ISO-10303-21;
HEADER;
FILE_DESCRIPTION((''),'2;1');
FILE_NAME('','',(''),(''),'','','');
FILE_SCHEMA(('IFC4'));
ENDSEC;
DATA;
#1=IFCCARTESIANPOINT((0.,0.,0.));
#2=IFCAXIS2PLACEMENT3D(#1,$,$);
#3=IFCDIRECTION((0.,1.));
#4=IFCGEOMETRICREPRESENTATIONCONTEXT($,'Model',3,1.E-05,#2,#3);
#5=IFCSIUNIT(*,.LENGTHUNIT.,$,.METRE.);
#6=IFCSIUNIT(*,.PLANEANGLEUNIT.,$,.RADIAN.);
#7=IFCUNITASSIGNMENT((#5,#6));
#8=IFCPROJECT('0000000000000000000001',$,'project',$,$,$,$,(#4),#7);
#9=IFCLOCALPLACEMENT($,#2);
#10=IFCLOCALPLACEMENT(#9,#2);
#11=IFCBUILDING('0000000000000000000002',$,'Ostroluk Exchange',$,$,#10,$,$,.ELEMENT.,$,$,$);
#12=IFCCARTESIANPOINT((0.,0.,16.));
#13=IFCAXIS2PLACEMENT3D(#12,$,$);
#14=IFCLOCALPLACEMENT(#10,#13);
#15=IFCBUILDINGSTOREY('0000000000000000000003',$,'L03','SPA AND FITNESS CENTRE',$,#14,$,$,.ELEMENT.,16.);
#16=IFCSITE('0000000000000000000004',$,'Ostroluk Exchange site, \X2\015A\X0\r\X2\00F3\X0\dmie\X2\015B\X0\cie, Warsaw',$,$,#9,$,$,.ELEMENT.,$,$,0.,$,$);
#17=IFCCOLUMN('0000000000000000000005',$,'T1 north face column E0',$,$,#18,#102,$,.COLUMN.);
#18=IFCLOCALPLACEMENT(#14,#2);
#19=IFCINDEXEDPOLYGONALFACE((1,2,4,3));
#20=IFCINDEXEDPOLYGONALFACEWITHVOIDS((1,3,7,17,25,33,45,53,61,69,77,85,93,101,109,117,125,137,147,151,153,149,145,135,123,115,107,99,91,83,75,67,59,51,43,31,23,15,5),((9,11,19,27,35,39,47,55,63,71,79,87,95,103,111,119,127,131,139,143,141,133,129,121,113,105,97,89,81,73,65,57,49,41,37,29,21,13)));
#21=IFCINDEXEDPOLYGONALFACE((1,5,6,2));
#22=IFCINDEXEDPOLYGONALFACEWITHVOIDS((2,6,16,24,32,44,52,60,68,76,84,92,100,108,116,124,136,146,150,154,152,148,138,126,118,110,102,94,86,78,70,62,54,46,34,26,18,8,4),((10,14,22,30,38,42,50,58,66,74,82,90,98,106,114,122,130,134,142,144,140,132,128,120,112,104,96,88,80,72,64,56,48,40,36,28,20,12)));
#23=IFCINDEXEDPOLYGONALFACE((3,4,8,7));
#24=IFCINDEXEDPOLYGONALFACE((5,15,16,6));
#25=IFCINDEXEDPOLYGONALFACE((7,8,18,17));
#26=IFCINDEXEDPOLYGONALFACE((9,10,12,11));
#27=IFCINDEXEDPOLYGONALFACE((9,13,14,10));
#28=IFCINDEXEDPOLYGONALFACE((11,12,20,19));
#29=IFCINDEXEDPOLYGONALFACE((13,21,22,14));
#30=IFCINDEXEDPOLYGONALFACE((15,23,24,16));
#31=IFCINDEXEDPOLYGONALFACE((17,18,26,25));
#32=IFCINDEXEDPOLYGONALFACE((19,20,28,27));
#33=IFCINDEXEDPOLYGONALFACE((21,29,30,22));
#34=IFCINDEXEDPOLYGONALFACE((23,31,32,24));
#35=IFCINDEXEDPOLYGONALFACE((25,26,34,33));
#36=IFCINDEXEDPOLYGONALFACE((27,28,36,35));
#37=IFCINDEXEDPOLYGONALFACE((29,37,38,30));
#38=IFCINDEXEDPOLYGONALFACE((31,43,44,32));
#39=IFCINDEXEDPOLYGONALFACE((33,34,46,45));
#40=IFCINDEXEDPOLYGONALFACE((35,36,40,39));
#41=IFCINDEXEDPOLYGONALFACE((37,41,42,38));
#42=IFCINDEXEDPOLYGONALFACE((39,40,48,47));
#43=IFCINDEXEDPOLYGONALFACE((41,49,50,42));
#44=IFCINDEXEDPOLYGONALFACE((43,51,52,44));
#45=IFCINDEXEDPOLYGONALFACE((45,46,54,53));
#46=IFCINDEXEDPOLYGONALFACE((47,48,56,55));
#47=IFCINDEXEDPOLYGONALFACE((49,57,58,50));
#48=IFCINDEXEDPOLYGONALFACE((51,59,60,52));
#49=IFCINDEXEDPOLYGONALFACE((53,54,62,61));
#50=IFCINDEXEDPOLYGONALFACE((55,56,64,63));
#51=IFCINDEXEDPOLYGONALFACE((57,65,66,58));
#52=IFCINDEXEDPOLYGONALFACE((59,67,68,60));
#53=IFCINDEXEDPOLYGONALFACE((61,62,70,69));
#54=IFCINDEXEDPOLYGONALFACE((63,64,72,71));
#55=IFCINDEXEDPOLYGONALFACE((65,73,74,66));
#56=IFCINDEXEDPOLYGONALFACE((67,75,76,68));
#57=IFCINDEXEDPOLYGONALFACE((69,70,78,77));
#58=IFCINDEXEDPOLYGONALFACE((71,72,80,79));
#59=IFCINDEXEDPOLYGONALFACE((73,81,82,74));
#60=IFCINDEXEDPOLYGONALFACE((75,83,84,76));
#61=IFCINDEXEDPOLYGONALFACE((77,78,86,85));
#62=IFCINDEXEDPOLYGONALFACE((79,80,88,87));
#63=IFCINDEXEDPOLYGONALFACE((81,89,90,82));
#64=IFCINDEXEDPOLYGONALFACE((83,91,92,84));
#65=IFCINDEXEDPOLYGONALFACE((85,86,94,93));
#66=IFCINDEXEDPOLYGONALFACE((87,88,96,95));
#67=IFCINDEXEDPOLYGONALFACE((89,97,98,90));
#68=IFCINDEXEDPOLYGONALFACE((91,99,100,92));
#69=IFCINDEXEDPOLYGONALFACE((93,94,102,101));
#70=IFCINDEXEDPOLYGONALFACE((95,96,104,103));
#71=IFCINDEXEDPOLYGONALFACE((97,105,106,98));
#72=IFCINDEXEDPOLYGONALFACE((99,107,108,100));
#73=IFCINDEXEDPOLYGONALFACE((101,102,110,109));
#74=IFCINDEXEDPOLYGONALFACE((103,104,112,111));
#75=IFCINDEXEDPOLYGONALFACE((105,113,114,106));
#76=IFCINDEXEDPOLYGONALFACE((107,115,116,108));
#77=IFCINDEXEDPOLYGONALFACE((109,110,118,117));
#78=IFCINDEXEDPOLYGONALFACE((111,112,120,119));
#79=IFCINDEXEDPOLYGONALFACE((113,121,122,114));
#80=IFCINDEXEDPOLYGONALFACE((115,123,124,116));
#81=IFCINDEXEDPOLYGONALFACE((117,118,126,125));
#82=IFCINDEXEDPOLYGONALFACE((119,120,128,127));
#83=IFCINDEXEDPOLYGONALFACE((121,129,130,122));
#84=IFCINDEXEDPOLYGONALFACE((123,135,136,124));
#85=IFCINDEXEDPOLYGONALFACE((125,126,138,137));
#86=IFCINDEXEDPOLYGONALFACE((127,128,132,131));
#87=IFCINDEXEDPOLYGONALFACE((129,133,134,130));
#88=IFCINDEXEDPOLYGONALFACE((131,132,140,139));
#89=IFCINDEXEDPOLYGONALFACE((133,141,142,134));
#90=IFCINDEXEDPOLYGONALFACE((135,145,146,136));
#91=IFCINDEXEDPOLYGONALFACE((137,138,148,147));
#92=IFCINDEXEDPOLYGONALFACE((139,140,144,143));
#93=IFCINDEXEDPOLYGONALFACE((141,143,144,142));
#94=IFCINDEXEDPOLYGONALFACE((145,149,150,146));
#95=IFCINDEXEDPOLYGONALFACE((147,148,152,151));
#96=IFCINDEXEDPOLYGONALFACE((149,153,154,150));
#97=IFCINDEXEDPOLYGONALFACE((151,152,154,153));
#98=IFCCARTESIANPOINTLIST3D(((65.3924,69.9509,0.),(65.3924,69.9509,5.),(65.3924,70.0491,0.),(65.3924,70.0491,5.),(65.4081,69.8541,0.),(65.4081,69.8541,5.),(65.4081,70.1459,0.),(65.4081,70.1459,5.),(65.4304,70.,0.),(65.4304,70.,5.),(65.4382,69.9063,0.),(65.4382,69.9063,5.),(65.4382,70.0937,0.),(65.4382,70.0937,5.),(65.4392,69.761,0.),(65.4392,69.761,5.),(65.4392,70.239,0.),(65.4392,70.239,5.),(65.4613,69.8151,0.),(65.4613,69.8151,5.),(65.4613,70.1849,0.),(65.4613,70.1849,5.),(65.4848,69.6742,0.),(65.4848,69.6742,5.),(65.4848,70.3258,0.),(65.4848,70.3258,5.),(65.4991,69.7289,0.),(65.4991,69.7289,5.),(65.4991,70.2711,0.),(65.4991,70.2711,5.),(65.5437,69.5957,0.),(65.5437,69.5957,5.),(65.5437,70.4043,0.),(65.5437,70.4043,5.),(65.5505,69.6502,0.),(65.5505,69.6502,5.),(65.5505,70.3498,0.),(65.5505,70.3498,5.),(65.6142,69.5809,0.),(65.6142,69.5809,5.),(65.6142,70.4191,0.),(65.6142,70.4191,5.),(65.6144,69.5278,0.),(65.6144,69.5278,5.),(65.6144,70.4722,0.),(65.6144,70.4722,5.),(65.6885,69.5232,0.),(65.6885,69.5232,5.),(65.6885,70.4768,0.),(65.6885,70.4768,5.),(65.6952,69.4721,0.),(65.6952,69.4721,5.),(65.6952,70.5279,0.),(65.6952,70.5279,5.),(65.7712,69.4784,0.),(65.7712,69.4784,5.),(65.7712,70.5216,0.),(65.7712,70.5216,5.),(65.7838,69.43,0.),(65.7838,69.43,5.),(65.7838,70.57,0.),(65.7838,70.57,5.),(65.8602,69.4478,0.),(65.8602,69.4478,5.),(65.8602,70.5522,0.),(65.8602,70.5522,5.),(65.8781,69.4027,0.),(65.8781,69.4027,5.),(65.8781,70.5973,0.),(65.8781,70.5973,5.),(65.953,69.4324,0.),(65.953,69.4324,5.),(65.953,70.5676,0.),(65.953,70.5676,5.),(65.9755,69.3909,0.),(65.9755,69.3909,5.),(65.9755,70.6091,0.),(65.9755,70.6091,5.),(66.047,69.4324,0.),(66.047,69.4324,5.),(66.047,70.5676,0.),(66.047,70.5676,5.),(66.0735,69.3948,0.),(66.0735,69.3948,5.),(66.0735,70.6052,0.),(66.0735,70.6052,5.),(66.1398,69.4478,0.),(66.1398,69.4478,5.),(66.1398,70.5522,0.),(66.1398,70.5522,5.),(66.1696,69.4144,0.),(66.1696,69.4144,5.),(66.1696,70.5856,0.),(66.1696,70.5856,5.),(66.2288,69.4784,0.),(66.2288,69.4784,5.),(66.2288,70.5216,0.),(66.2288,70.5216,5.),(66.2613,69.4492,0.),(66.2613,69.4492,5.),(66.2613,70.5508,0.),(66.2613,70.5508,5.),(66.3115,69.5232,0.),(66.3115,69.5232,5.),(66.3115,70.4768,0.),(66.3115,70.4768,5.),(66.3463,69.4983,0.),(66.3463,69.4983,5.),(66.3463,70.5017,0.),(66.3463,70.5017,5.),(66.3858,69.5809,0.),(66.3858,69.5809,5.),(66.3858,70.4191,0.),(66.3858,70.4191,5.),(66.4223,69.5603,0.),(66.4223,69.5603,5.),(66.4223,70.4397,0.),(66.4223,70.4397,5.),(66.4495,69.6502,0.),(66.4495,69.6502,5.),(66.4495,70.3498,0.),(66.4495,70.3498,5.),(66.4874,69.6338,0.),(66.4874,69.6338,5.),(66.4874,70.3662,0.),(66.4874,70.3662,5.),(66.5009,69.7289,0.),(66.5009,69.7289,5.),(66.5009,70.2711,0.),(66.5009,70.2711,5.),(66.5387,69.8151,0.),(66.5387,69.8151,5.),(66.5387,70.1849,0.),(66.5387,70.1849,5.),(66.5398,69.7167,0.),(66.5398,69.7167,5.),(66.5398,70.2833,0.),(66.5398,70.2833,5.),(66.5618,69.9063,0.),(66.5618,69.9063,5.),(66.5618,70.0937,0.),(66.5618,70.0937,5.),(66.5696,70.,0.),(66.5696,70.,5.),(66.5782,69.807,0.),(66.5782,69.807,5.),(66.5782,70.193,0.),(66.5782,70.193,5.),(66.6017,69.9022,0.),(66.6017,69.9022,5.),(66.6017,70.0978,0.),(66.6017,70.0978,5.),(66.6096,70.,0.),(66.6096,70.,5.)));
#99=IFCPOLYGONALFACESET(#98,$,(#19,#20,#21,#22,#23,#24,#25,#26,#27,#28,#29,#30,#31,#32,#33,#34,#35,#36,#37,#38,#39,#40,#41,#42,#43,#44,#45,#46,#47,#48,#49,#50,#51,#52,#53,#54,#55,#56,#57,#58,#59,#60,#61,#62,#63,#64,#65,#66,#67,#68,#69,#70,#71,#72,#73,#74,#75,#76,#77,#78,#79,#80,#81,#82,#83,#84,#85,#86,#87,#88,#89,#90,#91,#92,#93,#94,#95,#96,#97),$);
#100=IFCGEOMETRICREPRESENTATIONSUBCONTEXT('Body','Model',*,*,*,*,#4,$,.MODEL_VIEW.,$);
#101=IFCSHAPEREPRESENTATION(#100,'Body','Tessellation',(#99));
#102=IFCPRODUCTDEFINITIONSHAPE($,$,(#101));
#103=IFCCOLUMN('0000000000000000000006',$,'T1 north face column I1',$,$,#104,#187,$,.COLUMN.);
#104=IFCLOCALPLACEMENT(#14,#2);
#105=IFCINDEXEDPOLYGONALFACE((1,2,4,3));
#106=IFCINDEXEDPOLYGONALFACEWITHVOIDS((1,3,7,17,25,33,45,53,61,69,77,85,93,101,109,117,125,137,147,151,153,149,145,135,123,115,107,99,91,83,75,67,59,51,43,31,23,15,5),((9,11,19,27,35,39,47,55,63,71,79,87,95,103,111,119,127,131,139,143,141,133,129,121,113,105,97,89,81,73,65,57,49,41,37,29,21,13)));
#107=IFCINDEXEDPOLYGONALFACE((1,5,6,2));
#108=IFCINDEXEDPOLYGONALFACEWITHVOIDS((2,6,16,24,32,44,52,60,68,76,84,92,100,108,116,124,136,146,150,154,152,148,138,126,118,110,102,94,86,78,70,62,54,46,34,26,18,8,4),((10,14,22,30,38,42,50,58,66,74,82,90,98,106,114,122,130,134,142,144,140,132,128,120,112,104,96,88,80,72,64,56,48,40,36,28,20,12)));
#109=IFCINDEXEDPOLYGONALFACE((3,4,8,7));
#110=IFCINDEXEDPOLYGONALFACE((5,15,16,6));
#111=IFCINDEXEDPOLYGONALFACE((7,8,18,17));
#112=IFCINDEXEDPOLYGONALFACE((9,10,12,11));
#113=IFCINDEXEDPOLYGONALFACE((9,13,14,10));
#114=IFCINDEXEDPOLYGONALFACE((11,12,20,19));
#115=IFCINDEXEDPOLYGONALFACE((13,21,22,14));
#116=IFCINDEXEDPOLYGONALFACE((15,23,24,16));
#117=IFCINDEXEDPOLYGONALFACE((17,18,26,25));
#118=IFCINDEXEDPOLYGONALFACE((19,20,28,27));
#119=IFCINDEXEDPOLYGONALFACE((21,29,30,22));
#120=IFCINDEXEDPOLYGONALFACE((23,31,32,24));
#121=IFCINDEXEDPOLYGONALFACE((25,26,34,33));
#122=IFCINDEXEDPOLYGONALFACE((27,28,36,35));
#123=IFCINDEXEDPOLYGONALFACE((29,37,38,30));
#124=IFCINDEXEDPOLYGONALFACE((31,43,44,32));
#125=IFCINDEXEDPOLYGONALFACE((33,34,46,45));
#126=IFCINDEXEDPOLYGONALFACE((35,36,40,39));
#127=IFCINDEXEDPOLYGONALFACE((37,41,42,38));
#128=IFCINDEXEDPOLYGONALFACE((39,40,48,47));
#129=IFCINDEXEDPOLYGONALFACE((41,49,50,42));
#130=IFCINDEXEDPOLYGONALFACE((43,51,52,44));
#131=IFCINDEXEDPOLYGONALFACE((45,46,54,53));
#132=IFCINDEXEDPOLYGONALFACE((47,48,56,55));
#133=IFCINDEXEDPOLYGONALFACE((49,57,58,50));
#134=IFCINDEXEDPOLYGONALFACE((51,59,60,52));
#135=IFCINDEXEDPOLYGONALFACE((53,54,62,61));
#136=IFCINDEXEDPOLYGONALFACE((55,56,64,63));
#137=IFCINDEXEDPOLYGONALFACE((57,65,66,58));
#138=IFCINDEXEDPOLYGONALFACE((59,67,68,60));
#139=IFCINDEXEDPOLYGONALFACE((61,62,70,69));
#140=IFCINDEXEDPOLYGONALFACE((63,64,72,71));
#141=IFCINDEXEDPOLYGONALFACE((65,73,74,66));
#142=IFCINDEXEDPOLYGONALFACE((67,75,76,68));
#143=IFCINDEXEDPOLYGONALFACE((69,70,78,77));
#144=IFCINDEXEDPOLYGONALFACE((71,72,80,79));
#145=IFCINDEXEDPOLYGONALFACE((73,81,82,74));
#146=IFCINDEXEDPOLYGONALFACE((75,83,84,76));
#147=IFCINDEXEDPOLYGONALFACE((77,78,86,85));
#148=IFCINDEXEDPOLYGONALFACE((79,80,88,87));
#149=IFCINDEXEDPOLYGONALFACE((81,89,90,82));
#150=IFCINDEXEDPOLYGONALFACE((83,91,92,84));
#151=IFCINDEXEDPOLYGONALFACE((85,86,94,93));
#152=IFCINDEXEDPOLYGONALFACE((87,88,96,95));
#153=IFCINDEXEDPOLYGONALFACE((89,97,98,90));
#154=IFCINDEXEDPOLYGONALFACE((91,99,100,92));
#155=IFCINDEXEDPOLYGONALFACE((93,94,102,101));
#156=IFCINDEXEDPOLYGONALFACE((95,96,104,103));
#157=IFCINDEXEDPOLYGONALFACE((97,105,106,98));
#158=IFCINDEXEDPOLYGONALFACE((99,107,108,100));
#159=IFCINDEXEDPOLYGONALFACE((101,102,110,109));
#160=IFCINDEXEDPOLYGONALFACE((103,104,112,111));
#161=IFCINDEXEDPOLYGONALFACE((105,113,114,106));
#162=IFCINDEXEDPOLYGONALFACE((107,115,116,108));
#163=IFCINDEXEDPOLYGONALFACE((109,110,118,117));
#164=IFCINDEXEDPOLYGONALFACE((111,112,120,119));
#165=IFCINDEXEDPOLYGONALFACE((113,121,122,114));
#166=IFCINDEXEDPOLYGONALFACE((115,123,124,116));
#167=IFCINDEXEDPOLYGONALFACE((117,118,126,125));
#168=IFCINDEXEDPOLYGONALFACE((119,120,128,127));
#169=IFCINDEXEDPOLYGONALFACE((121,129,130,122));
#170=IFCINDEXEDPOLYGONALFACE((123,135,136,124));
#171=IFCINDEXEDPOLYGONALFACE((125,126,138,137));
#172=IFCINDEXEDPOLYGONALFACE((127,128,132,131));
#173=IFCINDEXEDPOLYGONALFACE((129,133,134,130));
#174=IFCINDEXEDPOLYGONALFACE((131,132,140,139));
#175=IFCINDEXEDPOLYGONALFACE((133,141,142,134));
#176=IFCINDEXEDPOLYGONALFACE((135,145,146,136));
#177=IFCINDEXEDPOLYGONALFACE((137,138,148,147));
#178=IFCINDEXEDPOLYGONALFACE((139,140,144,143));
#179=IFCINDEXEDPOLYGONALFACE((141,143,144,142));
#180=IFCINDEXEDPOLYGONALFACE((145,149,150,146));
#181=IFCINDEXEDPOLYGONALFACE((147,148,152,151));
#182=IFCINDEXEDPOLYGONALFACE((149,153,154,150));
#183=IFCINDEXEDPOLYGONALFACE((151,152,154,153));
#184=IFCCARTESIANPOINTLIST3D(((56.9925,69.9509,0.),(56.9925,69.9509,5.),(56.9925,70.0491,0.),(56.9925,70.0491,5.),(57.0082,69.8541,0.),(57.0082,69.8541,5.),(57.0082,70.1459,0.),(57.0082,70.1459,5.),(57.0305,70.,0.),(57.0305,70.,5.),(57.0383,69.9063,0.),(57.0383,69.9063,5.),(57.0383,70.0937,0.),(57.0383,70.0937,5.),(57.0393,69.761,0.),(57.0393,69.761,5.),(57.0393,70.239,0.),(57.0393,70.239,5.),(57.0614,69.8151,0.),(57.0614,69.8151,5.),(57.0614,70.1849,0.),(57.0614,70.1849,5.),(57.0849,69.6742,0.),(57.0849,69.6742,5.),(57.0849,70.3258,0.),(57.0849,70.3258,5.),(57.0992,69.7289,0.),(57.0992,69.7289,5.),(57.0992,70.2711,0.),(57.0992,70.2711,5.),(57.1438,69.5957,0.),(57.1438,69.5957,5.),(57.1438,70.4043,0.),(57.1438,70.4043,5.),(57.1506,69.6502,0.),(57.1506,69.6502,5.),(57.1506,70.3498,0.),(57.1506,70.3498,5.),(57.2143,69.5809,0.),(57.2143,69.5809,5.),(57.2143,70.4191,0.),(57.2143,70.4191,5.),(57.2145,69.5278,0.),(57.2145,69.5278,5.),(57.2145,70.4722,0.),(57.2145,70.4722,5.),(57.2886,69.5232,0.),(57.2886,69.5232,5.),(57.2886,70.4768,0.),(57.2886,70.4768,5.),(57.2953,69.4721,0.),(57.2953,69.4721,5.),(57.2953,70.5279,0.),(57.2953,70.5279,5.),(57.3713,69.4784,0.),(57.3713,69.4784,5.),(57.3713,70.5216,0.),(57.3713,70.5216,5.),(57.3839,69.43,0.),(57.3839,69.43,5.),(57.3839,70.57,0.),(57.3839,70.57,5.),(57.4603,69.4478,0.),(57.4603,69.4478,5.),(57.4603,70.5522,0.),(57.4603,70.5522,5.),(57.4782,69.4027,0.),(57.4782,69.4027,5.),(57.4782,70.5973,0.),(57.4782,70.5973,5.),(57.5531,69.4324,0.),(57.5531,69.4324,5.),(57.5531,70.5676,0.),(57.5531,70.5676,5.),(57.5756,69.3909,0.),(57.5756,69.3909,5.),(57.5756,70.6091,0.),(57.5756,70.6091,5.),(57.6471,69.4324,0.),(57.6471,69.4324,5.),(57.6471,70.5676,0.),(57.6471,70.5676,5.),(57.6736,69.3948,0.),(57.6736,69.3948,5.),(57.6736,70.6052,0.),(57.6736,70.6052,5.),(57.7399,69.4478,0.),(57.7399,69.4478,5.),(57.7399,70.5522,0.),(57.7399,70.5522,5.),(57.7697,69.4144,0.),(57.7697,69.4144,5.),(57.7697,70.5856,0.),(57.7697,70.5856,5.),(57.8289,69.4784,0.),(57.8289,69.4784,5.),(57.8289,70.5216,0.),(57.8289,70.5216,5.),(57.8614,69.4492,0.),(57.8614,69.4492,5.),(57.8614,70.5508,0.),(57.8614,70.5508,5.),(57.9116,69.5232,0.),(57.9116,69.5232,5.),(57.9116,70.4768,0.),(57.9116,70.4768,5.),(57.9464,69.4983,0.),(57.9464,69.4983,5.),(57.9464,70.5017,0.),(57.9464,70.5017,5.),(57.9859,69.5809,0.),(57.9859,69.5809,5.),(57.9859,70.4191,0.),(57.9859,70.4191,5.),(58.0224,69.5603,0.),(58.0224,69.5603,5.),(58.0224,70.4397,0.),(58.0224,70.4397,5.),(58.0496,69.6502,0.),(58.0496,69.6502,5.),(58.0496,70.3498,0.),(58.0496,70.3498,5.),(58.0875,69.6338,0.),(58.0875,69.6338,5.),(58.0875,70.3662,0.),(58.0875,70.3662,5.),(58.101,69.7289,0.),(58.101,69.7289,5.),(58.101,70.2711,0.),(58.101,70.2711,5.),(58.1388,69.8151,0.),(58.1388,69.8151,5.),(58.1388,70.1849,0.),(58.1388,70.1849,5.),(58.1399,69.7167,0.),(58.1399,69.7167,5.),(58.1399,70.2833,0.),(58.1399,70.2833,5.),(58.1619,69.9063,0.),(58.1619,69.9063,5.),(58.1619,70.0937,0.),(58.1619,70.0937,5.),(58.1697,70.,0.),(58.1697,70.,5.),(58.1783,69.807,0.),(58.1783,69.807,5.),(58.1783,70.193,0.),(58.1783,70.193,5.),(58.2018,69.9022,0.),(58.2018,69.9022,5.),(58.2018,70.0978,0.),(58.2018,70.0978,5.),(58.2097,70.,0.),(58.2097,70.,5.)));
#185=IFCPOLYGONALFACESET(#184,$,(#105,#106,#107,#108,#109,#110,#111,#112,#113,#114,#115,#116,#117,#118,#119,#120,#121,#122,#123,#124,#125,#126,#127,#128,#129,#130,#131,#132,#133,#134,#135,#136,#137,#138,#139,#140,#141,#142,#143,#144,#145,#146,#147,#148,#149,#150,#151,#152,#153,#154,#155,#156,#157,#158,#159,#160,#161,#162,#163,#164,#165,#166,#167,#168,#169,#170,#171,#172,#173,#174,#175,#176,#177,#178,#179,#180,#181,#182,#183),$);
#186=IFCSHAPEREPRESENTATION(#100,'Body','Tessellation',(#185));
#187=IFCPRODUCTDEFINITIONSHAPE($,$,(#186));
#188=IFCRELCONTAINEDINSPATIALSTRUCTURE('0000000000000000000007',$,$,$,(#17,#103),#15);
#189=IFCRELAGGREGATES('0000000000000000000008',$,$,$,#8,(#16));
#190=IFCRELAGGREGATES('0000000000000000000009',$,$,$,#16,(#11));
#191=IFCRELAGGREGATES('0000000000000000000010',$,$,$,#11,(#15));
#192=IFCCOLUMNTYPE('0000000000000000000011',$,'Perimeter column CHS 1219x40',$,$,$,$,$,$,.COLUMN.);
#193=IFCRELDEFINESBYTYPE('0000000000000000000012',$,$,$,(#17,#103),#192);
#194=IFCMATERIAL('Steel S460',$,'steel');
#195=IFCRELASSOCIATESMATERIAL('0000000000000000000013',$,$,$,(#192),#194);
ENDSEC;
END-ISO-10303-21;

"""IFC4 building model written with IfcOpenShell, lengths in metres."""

from ifc_helpers import new_model, si_unit, direction, frame, origin, origin_2d, place, context, subcontext, project, spatial, hollow_circle, extrude, material, material_profile, profile_set, type_object, element, save


model = new_model("IFC4")

# Units and contexts
model_context = context("Model", 3, precision=1e-05, world=origin(), true_north=direction((0.0, 1.0)))
body_context = subcontext(model_context, "Body", "Model", "MODEL_VIEW")
ifc_project = project(units=[si_unit("LENGTHUNIT", "METRE"), si_unit("PLANEANGLEUNIT", "RADIAN")], contexts=[model_context])

# Site, building, storey
site_placement = place(None, origin())
site = spatial("IfcSite", under=ifc_project, at=site_placement, Name="Ostroluk Exchange site, Śródmieście, Warsaw", CompositionType="ELEMENT", RefElevation=0.0)
building_placement = place(site_placement, origin())
building = spatial("IfcBuilding", under=site, at=building_placement, Name="Ostroluk Exchange", CompositionType="ELEMENT")
storey_placement = place(building_placement, frame((0.0, 0.0, 16.0)))
storey = spatial("IfcBuildingStorey", under=building, at=storey_placement, Name="L03", Description="SPA AND FITNESS CENTRE", CompositionType="ELEMENT", Elevation=16.0)

# Columns
ifc_material_1 = material(Name="Steel S460", Category="steel")
ifc_material_profile_1 = material_profile(ifc_material_1, hollow_circle(Radius=0.6096, WallThickness=0.04, at=origin_2d()), Name="CHS 1219x40")
ifc_profile_set_1 = profile_set([ifc_material_profile_1], Name="Steel S460")
column_type_1 = type_object("IfcColumnType", Name="Perimeter column CHS 1219x40", PredefinedType="COLUMN", material=ifc_profile_set_1)
for number, where, z_axis, x_axis, name in (
    (1, (66.0, 70.0, 0.0), (0.0, 0.0, 1.0), (1.0, 0.0, 0.0), "T1 north face column E0"),
    (2, (57.6001, 70.0, 0.0), (0.0, 0.0, 1.0), (1.0, 0.0, 0.0), "T1 north face column I1"),
):
    element("IfcColumn", number, at=place(storey_placement, frame(where, z_axis=z_axis, x_axis=x_axis)), inside=storey, type_object=column_type_1, Name=name, PredefinedType="COLUMN", context=body_context, shape_type="SweptSolid", body=[
        extrude(hollow_circle(Radius=0.6096, WallThickness=0.04, at=origin_2d()), origin(), (0.0, 0.0, 1.0), 5.0),
    ])

save(model, "model.ifc")
